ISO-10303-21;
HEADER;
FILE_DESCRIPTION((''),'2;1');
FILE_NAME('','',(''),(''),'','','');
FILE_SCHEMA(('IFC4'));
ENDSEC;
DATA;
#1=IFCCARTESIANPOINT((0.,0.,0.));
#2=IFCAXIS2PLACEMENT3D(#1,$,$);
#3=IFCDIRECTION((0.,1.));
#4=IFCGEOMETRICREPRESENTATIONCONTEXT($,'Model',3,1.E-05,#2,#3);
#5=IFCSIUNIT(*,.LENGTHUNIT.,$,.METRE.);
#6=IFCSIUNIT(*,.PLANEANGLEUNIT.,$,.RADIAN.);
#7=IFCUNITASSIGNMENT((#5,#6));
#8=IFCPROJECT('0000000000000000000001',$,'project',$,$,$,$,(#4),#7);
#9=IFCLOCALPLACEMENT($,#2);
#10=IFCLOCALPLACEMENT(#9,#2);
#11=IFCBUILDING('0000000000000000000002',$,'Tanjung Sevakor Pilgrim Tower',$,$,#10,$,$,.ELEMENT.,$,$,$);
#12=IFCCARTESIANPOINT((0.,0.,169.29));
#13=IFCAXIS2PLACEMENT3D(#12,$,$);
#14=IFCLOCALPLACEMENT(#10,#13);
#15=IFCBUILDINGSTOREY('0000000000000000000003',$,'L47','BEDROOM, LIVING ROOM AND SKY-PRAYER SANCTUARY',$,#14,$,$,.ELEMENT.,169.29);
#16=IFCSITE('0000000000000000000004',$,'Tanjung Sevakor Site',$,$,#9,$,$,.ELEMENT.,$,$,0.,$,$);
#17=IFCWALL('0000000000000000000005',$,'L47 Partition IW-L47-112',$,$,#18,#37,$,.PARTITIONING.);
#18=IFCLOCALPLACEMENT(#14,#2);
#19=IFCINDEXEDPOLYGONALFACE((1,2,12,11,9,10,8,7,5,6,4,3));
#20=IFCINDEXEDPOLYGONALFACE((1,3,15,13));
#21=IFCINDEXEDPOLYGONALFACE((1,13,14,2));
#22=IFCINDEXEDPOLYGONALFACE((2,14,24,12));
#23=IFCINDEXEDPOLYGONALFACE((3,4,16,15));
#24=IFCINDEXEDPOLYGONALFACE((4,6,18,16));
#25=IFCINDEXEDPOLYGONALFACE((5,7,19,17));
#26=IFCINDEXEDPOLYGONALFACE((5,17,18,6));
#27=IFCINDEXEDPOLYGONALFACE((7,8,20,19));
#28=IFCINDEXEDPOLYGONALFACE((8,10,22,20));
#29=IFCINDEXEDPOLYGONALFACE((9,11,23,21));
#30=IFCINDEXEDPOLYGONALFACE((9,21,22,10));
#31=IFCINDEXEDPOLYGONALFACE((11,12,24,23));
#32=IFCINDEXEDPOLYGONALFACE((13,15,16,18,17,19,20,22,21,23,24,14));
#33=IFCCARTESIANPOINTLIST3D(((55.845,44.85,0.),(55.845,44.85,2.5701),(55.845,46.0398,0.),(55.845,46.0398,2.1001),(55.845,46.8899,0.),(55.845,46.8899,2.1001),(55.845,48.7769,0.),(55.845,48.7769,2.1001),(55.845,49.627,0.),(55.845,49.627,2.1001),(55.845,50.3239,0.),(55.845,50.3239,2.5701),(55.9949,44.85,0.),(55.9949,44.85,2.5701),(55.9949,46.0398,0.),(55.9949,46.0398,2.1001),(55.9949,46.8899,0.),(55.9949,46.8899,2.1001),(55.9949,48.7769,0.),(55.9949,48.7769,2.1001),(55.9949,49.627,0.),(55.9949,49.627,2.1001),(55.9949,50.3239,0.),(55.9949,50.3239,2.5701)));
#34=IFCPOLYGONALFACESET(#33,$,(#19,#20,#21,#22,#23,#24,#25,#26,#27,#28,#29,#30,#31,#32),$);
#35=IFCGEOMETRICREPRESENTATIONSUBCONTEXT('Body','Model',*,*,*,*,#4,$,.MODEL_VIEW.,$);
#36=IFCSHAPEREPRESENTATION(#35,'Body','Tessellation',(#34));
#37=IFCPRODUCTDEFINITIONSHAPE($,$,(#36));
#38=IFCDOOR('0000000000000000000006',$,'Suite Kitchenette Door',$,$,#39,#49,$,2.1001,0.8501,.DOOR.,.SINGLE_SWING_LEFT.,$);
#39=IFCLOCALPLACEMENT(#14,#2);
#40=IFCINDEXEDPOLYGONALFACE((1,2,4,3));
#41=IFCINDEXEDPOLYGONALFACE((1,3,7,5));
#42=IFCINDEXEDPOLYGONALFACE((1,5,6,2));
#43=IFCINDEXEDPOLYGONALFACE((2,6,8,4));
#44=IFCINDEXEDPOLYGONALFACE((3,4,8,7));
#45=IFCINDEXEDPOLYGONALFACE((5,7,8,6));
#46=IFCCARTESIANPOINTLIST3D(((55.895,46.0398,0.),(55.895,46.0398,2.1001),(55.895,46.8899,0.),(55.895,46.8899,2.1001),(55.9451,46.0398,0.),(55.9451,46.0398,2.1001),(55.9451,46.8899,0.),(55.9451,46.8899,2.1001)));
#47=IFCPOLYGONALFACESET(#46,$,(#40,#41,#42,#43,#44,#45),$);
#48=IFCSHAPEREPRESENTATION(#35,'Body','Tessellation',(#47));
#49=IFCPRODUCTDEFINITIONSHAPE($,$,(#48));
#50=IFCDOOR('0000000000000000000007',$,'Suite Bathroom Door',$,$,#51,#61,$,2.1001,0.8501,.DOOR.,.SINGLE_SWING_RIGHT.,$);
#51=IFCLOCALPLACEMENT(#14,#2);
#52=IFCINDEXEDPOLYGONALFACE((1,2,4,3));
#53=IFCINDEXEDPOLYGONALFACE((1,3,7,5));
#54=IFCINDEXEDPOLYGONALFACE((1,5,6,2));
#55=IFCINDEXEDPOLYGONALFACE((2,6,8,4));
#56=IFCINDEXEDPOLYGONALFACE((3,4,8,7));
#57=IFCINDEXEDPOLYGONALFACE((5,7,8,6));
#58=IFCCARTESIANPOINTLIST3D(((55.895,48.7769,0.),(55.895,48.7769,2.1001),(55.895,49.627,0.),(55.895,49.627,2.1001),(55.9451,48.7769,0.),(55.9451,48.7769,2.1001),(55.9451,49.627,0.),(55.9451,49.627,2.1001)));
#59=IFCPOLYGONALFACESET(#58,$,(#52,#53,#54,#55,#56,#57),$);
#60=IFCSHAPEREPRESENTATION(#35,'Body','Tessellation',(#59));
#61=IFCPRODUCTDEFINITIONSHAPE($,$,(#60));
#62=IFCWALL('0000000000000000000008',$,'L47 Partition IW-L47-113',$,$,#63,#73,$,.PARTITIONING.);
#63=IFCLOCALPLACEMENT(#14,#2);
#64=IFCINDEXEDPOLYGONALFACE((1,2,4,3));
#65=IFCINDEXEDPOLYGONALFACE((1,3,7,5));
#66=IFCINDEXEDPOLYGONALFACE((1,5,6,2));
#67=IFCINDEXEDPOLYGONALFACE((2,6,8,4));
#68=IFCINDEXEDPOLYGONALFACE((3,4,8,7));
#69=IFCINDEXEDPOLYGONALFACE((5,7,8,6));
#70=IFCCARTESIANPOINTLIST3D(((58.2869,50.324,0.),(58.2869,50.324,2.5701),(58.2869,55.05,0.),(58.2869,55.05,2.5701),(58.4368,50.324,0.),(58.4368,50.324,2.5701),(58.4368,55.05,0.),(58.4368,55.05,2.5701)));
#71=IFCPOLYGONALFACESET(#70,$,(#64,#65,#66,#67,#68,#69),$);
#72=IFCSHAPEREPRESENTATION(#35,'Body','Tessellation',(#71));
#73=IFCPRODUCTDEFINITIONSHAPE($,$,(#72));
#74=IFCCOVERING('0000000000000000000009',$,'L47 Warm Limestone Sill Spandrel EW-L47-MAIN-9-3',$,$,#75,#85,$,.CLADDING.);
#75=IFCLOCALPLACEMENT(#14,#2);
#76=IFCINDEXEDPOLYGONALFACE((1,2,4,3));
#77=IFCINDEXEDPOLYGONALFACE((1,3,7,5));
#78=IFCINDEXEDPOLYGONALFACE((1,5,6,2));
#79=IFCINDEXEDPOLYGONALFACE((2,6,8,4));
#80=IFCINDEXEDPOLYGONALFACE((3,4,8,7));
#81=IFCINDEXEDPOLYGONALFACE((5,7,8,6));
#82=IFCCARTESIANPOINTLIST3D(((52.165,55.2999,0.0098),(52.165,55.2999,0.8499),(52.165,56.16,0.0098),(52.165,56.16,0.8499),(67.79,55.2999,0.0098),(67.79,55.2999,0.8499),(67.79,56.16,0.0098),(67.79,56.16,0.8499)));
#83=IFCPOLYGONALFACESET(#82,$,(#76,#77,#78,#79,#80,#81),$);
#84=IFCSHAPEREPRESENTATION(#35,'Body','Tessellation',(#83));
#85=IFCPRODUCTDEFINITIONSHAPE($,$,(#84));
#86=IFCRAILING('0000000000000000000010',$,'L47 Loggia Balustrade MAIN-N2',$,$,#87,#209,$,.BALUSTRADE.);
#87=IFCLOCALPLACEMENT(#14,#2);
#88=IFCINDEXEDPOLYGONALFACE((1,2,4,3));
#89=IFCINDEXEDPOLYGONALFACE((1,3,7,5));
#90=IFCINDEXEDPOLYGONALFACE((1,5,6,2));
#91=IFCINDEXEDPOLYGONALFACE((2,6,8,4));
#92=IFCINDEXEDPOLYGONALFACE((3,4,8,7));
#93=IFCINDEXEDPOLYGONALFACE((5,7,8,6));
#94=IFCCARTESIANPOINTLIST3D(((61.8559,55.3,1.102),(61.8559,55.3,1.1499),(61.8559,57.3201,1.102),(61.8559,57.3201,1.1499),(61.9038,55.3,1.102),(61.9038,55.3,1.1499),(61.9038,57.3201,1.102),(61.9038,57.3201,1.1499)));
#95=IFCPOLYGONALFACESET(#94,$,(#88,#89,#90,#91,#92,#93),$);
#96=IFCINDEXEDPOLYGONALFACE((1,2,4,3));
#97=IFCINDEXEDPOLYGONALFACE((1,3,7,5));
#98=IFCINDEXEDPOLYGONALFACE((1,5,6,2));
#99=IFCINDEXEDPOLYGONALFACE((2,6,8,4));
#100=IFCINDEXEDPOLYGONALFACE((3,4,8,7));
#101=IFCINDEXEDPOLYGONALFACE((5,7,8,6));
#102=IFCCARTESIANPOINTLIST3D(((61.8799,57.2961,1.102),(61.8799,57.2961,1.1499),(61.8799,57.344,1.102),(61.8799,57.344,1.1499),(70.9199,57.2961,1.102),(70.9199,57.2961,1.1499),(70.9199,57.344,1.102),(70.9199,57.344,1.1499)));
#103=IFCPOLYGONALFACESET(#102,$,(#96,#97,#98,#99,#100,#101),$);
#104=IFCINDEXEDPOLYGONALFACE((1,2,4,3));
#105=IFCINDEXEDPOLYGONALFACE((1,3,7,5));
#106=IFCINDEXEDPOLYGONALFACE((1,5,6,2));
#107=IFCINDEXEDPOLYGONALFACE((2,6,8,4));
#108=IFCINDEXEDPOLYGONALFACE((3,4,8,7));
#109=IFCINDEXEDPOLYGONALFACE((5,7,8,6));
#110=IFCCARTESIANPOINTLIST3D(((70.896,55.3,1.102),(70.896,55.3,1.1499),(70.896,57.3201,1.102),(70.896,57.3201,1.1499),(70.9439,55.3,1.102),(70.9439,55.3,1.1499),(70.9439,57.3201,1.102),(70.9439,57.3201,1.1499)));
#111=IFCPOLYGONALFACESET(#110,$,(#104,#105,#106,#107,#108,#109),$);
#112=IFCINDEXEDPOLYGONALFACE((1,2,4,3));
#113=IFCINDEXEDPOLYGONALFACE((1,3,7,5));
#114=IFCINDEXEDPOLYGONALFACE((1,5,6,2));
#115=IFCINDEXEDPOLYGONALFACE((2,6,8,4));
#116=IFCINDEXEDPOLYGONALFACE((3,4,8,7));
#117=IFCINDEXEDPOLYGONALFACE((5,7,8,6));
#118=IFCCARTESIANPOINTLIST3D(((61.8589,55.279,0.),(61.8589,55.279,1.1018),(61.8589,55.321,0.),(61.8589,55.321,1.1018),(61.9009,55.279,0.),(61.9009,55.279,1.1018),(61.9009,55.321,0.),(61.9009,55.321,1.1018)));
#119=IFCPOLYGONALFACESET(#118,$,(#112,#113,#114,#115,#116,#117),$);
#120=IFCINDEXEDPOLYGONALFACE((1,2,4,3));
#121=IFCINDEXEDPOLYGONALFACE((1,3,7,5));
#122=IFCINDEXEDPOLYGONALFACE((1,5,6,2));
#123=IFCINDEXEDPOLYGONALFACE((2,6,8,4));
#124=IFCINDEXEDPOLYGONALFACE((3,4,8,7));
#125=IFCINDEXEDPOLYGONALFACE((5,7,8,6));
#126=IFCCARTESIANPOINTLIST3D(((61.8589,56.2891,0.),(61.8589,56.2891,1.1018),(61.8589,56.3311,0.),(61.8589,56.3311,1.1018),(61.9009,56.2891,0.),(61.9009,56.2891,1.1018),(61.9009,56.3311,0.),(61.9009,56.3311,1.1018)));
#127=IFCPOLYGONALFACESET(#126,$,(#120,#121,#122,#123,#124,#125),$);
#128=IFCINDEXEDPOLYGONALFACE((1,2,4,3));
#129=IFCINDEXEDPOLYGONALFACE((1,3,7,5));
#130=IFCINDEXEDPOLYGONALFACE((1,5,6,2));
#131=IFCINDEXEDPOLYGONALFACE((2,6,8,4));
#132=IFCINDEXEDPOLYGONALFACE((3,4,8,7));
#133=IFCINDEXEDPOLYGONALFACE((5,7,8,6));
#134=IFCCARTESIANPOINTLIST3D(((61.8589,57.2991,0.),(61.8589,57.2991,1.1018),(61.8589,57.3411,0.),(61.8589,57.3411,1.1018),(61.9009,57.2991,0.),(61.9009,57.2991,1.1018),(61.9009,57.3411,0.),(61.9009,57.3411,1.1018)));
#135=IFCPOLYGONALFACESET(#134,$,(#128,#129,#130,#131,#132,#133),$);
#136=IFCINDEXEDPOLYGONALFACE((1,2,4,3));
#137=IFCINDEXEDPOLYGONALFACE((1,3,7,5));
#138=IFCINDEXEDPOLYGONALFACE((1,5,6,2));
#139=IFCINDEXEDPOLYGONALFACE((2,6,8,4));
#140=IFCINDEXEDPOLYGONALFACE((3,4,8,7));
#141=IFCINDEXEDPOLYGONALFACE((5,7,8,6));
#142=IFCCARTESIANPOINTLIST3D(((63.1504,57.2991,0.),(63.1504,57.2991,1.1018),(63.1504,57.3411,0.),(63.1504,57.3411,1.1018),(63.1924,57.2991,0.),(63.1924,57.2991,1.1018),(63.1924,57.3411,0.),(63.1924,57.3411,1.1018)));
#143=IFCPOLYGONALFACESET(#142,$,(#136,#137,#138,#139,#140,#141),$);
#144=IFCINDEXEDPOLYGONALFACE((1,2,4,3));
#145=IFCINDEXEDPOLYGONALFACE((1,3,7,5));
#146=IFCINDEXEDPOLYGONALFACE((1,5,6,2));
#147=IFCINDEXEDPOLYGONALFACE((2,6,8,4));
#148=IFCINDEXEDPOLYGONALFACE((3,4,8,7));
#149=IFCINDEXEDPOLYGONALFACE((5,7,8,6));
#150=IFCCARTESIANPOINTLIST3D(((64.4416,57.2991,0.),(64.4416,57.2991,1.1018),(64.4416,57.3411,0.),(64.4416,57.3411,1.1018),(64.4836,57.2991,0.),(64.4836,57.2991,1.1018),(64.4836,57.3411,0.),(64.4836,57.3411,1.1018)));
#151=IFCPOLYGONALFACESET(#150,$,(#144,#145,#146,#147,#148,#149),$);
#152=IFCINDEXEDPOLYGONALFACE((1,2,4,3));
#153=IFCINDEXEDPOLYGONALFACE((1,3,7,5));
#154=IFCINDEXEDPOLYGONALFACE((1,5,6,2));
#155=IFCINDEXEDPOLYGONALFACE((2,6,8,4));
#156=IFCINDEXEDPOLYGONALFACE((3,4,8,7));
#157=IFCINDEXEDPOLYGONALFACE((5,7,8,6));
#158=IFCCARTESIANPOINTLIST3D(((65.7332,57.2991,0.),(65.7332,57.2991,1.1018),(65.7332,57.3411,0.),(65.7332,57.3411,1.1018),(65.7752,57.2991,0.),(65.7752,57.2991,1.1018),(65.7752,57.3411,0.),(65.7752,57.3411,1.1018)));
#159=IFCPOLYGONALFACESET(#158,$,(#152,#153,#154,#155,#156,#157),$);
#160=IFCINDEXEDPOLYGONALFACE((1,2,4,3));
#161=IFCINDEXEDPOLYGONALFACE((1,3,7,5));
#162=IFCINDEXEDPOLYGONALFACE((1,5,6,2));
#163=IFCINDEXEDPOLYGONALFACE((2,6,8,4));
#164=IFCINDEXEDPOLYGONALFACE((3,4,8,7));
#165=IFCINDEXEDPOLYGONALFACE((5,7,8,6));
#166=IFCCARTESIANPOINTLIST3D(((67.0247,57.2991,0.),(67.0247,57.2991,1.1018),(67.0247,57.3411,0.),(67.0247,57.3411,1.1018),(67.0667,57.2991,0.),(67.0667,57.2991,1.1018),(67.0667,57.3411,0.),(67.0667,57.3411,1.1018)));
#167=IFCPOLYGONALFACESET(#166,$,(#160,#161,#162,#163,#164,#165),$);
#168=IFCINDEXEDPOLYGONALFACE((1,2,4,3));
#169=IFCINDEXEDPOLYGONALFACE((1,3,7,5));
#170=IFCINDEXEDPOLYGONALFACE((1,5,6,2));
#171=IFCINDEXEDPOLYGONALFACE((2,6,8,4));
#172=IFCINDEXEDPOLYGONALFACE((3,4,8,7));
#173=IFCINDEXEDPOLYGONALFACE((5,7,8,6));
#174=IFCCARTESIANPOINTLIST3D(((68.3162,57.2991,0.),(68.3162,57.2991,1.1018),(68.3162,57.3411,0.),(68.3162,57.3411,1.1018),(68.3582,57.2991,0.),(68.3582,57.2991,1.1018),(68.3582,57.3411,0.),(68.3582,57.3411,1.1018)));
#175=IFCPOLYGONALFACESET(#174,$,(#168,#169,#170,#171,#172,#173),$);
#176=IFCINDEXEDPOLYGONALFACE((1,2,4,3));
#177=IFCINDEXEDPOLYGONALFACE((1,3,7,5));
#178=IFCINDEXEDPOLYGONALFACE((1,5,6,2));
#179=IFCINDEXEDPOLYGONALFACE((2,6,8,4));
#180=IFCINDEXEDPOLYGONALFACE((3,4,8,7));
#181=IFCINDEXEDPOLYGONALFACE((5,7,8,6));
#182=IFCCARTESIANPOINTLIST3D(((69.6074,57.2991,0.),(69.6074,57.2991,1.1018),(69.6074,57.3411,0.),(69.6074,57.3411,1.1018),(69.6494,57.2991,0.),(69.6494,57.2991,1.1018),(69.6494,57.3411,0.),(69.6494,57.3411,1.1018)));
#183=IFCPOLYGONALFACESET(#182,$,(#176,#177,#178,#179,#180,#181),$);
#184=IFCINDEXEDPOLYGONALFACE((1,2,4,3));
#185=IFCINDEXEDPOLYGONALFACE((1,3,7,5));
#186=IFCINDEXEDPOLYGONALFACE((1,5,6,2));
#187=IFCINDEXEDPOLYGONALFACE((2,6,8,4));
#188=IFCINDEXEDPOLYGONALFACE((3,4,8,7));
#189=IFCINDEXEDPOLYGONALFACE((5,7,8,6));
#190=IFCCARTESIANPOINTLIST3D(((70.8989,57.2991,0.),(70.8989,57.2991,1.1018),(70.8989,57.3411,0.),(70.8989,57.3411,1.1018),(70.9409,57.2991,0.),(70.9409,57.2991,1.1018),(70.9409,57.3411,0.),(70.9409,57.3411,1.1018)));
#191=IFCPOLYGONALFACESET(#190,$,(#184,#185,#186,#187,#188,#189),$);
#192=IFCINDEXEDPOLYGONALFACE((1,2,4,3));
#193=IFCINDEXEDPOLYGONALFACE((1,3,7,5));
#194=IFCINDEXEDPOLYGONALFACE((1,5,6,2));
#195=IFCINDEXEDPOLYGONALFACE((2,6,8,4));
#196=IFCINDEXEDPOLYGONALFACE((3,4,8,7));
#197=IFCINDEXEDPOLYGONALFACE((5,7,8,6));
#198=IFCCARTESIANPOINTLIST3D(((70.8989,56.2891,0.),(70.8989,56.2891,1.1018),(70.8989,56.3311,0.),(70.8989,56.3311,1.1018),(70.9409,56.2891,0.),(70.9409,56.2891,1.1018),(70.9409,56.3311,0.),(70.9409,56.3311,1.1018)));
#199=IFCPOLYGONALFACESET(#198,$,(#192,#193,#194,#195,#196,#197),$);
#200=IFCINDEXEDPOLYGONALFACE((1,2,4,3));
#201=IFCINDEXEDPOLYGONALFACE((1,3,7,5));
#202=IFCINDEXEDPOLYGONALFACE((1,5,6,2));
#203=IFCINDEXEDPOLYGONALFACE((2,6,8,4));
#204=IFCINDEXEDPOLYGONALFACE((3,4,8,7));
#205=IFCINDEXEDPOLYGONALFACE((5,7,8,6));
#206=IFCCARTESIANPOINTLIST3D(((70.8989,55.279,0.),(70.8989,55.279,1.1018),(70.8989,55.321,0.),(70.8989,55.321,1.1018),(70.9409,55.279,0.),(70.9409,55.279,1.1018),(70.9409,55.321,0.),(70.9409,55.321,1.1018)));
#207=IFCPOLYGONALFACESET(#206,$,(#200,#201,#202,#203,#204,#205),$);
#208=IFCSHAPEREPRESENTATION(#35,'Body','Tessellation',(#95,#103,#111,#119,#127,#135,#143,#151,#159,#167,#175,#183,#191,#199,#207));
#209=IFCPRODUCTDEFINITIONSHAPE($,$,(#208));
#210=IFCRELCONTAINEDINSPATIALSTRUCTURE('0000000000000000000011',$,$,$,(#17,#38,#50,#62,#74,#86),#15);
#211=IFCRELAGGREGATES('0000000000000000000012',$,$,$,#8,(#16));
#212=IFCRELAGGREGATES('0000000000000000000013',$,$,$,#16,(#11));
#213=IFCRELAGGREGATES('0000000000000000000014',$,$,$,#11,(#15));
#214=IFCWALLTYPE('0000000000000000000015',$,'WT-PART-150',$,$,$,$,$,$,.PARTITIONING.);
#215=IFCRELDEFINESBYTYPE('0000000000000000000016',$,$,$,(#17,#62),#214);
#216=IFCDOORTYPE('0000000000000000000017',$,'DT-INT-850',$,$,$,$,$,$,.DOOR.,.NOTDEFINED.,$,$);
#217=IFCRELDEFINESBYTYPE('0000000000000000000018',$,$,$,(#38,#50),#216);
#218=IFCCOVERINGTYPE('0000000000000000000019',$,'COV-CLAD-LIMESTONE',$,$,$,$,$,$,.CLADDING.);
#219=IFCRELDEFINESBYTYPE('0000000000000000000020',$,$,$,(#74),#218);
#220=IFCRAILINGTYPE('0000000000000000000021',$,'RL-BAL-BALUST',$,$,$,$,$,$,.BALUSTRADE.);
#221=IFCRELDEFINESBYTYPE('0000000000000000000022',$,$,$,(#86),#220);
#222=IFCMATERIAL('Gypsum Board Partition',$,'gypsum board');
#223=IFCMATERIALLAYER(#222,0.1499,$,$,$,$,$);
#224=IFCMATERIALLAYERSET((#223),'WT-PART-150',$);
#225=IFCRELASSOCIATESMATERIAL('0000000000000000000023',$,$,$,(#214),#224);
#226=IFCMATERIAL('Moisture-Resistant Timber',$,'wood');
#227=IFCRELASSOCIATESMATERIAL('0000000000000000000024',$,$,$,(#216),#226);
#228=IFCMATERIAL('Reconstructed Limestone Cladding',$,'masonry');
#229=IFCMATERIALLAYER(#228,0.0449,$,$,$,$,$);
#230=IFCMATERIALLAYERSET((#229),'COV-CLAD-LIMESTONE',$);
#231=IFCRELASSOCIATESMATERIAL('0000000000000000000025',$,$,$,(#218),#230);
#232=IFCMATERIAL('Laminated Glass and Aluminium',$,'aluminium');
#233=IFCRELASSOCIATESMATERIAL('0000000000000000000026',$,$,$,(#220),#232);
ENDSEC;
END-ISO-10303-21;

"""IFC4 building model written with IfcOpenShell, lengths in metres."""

from ifc_helpers import new_model, si_unit, direction, frame, frame_2d, origin, origin_2d, place, context, subcontext, project, spatial, rectangle, extrude, material, layer, layer_set, type_object, element, fill, save


model = new_model("IFC4")

# Units and contexts
model_context = context("Model", 3, precision=1e-05, world=origin(), true_north=direction((0.0, 1.0)))
body_context = subcontext(model_context, "Body", "Model", "MODEL_VIEW")
ifc_project = project(units=[si_unit("LENGTHUNIT", "METRE"), si_unit("PLANEANGLEUNIT", "RADIAN")], contexts=[model_context])

# Site, building, storey
site_placement = place(None, origin())
site = spatial("IfcSite", under=ifc_project, at=site_placement, Name="Tanjung Sevakor Site", CompositionType="ELEMENT", RefElevation=0.0)
building_placement = place(site_placement, origin())
building = spatial("IfcBuilding", under=site, at=building_placement, Name="Tanjung Sevakor Pilgrim Tower", CompositionType="ELEMENT")
storey_placement = place(building_placement, frame((0.0, 0.0, 169.29)))
storey = spatial("IfcBuildingStorey", under=building, at=storey_placement, Name="L47", Description="BEDROOM, LIVING ROOM AND SKY-PRAYER SANCTUARY", CompositionType="ELEMENT", Elevation=169.29)

# Wall, openings, doors
ifc_material_1 = material(Name="Gypsum Board Partition", Category="gypsum board")
ifc_layer_1 = layer(ifc_material_1, 0.1499)
ifc_layer_set_1 = layer_set([ifc_layer_1], Name="WT-PART-150")
wall_type_1 = type_object("IfcWallType", Name="WT-PART-150", PredefinedType="PARTITIONING", material=ifc_layer_set_1)
wall_1_placement = place(storey_placement, frame((55.9199, 44.8501, 0.0), z_axis=(0.0, 0.0, 1.0), x_axis=(0.0, 1.0, 0.0)))
wall_1 = element("IfcWall", 1, at=wall_1_placement, inside=storey, type_object=wall_type_1, Name="L47 Partition IW-L47-112", PredefinedType="PARTITIONING", context=body_context, shape_type="SweptSolid", body=[
    extrude(rectangle(XDim=5.4739, YDim=0.1499, at=frame_2d((2.7368, 0.0))), origin(), (0.0, 0.0, 1.0), 2.5701),
])
opening_1_placement = place(wall_1_placement, frame((1.1897, 0.0, 0.0)))
opening_1 = element("IfcOpeningElement", 2, at=opening_1_placement, cuts=wall_1, PredefinedType="OPENING", context=body_context, shape_type="SweptSolid", body=[
    extrude(rectangle(XDim=0.8501, YDim=2.1001, at=frame_2d((0.425, 1.05))), frame((0.0, 0.085, 0.0), z_axis=(0.0, -1.0, 0.0), x_axis=(1.0, 0.0, 0.0)), (0.0, 0.0, 1.0), 0.1699),
])
opening_2_placement = place(wall_1_placement, frame((3.9268, 0.0, 0.0)))
opening_2 = element("IfcOpeningElement", 3, at=opening_2_placement, cuts=wall_1, PredefinedType="OPENING", context=body_context, shape_type="SweptSolid", body=[
    extrude(rectangle(XDim=0.8501, YDim=2.1001, at=frame_2d((0.425, 1.05))), frame((0.0, 0.085, 0.0), z_axis=(0.0, -1.0, 0.0), x_axis=(1.0, 0.0, 0.0)), (0.0, 0.0, 1.0), 0.1699),
])
ifc_material_2 = material(Name="Moisture-Resistant Timber", Category="wood")
door_type_1 = type_object("IfcDoorType", Name="DT-INT-850", OperationType="NOTDEFINED", PredefinedType="DOOR", material=ifc_material_2)
door_1_placement = place(opening_1_placement, origin())
door_1 = element("IfcDoor", 4, at=door_1_placement, inside=storey, type_object=door_type_1, Name="Suite Kitchenette Door", OperationType="SINGLE_SWING_LEFT", OverallHeight=2.1001, OverallWidth=0.8501, PredefinedType="DOOR", context=body_context, shape_type="SweptSolid", body=[
    extrude(rectangle(XDim=0.8501, YDim=2.1001, at=frame_2d((0.425, 1.05))), frame((0.0, 0.0249, 0.0), z_axis=(0.0, -1.0, 0.0), x_axis=(1.0, 0.0, 0.0)), (0.0, 0.0, 1.0), 0.05),
])
fill(opening_1, door_1)
door_2_placement = place(opening_2_placement, origin())
door_2 = element("IfcDoor", 5, at=door_2_placement, inside=storey, type_object=door_type_1, Name="Suite Bathroom Door", OperationType="SINGLE_SWING_RIGHT", OverallHeight=2.1001, OverallWidth=0.8501, PredefinedType="DOOR", context=body_context, shape_type="SweptSolid", body=[
    extrude(rectangle(XDim=0.8501, YDim=2.1001, at=frame_2d((0.425, 1.05))), frame((0.0, 0.0249, 0.0), z_axis=(0.0, -1.0, 0.0), x_axis=(1.0, 0.0, 0.0)), (0.0, 0.0, 1.0), 0.05),
])
fill(opening_2, door_2)

# Wall
wall_2_placement = place(storey_placement, frame((58.3618, 50.324, 0.0), z_axis=(0.0, 0.0, 1.0), x_axis=(0.0, 1.0, 0.0)))
element("IfcWall", 6, at=wall_2_placement, inside=storey, type_object=wall_type_1, Name="L47 Partition IW-L47-113", PredefinedType="PARTITIONING", context=body_context, shape_type="SweptSolid", body=[
    extrude(rectangle(XDim=4.7261, YDim=0.1499, at=frame_2d((2.363, 0.0))), origin(), (0.0, 0.0, 1.0), 2.5701),
])

# Covering
ifc_material_3 = material(Name="Reconstructed Limestone Cladding", Category="masonry")
ifc_layer_2 = layer(ifc_material_3, 0.0449)
ifc_layer_set_2 = layer_set([ifc_layer_2], Name="COV-CLAD-LIMESTONE")
covering_type = type_object("IfcCoveringType", Name="COV-CLAD-LIMESTONE", PredefinedType="CLADDING", material=ifc_layer_set_2)
covering_placement = place(storey_placement, frame((59.9775, 55.73, 0.0098), z_axis=(0.0, 0.0, 1.0), x_axis=(-1.0, 0.0, 0.0)))
element("IfcCovering", 7, at=covering_placement, inside=storey, type_object=covering_type, Name="L47 Warm Limestone Sill Spandrel EW-L47-MAIN-9-3", PredefinedType="CLADDING", context=body_context, shape_type="SweptSolid", body=[
    extrude(rectangle(XDim=15.625, YDim=0.8601, at=origin_2d()), origin(), (0.0, 0.0, 1.0), 0.8401),
])

# Railing
ifc_material_4 = material(Name="Laminated Glass and Aluminium", Category="aluminium")
railing_type = type_object("IfcRailingType", Name="RL-BAL-BALUST", PredefinedType="BALUSTRADE", material=ifc_material_4)
railing_placement = place(storey_placement, frame((61.8799, 55.3, 0.0)))
element("IfcRailing", 8, at=railing_placement, inside=storey, type_object=railing_type, Name="L47 Loggia Balustrade MAIN-N2", PredefinedType="BALUSTRADE", context=body_context, shape_type="SweptSolid", body=[
    extrude(rectangle(XDim=0.0479, YDim=0.0479), frame((0.0, 0.0, 1.126), z_axis=(0.0, 1.0, 0.0), x_axis=(-1.0, 0.0, 0.0)), (0.0, 0.0, 1.0), 2.02),
    extrude(rectangle(XDim=0.0479, YDim=0.0479), frame((0.0, 2.02, 1.126), z_axis=(1.0, 0.0, 0.0), x_axis=(0.0, 1.0, 0.0)), (0.0, 0.0, 1.0), 9.04),
    extrude(rectangle(XDim=0.0479, YDim=0.0479), frame((9.04, 2.02, 1.126), z_axis=(0.0, -1.0, 0.0), x_axis=(1.0, 0.0, 0.0)), (0.0, 0.0, 1.0), 2.02),
    extrude(rectangle(XDim=0.042, YDim=0.042), origin(), (0.0, 0.0, 1.0), 1.1018),
    extrude(rectangle(XDim=0.042, YDim=0.042), frame((0.0, 1.01, 0.0)), (0.0, 0.0, 1.0), 1.1018),
    extrude(rectangle(XDim=0.042, YDim=0.042), frame((0.0, 2.02, 0.0)), (0.0, 0.0, 1.0), 1.1018),
    extrude(rectangle(XDim=0.042, YDim=0.042), frame((1.2915, 2.02, 0.0)), (0.0, 0.0, 1.0), 1.1018),
    extrude(rectangle(XDim=0.042, YDim=0.042), frame((2.5828, 2.02, 0.0)), (0.0, 0.0, 1.0), 1.1018),
    extrude(rectangle(XDim=0.042, YDim=0.042), frame((3.8743, 2.02, 0.0)), (0.0, 0.0, 1.0), 1.1018),
    extrude(rectangle(XDim=0.042, YDim=0.042), frame((5.1658, 2.02, 0.0)), (0.0, 0.0, 1.0), 1.1018),
    extrude(rectangle(XDim=0.042, YDim=0.042), frame((6.4573, 2.02, 0.0)), (0.0, 0.0, 1.0), 1.1018),
    extrude(rectangle(XDim=0.042, YDim=0.042), frame((7.7485, 2.02, 0.0)), (0.0, 0.0, 1.0), 1.1018),
    extrude(rectangle(XDim=0.042, YDim=0.042), frame((9.04, 2.02, 0.0)), (0.0, 0.0, 1.0), 1.1018),
    extrude(rectangle(XDim=0.042, YDim=0.042), frame((9.04, 1.01, 0.0)), (0.0, 0.0, 1.0), 1.1018),
    extrude(rectangle(XDim=0.042, YDim=0.042), frame((9.04, 0.0, 0.0)), (0.0, 0.0, 1.0), 1.1018),
])

save(model, "model.ifc")
